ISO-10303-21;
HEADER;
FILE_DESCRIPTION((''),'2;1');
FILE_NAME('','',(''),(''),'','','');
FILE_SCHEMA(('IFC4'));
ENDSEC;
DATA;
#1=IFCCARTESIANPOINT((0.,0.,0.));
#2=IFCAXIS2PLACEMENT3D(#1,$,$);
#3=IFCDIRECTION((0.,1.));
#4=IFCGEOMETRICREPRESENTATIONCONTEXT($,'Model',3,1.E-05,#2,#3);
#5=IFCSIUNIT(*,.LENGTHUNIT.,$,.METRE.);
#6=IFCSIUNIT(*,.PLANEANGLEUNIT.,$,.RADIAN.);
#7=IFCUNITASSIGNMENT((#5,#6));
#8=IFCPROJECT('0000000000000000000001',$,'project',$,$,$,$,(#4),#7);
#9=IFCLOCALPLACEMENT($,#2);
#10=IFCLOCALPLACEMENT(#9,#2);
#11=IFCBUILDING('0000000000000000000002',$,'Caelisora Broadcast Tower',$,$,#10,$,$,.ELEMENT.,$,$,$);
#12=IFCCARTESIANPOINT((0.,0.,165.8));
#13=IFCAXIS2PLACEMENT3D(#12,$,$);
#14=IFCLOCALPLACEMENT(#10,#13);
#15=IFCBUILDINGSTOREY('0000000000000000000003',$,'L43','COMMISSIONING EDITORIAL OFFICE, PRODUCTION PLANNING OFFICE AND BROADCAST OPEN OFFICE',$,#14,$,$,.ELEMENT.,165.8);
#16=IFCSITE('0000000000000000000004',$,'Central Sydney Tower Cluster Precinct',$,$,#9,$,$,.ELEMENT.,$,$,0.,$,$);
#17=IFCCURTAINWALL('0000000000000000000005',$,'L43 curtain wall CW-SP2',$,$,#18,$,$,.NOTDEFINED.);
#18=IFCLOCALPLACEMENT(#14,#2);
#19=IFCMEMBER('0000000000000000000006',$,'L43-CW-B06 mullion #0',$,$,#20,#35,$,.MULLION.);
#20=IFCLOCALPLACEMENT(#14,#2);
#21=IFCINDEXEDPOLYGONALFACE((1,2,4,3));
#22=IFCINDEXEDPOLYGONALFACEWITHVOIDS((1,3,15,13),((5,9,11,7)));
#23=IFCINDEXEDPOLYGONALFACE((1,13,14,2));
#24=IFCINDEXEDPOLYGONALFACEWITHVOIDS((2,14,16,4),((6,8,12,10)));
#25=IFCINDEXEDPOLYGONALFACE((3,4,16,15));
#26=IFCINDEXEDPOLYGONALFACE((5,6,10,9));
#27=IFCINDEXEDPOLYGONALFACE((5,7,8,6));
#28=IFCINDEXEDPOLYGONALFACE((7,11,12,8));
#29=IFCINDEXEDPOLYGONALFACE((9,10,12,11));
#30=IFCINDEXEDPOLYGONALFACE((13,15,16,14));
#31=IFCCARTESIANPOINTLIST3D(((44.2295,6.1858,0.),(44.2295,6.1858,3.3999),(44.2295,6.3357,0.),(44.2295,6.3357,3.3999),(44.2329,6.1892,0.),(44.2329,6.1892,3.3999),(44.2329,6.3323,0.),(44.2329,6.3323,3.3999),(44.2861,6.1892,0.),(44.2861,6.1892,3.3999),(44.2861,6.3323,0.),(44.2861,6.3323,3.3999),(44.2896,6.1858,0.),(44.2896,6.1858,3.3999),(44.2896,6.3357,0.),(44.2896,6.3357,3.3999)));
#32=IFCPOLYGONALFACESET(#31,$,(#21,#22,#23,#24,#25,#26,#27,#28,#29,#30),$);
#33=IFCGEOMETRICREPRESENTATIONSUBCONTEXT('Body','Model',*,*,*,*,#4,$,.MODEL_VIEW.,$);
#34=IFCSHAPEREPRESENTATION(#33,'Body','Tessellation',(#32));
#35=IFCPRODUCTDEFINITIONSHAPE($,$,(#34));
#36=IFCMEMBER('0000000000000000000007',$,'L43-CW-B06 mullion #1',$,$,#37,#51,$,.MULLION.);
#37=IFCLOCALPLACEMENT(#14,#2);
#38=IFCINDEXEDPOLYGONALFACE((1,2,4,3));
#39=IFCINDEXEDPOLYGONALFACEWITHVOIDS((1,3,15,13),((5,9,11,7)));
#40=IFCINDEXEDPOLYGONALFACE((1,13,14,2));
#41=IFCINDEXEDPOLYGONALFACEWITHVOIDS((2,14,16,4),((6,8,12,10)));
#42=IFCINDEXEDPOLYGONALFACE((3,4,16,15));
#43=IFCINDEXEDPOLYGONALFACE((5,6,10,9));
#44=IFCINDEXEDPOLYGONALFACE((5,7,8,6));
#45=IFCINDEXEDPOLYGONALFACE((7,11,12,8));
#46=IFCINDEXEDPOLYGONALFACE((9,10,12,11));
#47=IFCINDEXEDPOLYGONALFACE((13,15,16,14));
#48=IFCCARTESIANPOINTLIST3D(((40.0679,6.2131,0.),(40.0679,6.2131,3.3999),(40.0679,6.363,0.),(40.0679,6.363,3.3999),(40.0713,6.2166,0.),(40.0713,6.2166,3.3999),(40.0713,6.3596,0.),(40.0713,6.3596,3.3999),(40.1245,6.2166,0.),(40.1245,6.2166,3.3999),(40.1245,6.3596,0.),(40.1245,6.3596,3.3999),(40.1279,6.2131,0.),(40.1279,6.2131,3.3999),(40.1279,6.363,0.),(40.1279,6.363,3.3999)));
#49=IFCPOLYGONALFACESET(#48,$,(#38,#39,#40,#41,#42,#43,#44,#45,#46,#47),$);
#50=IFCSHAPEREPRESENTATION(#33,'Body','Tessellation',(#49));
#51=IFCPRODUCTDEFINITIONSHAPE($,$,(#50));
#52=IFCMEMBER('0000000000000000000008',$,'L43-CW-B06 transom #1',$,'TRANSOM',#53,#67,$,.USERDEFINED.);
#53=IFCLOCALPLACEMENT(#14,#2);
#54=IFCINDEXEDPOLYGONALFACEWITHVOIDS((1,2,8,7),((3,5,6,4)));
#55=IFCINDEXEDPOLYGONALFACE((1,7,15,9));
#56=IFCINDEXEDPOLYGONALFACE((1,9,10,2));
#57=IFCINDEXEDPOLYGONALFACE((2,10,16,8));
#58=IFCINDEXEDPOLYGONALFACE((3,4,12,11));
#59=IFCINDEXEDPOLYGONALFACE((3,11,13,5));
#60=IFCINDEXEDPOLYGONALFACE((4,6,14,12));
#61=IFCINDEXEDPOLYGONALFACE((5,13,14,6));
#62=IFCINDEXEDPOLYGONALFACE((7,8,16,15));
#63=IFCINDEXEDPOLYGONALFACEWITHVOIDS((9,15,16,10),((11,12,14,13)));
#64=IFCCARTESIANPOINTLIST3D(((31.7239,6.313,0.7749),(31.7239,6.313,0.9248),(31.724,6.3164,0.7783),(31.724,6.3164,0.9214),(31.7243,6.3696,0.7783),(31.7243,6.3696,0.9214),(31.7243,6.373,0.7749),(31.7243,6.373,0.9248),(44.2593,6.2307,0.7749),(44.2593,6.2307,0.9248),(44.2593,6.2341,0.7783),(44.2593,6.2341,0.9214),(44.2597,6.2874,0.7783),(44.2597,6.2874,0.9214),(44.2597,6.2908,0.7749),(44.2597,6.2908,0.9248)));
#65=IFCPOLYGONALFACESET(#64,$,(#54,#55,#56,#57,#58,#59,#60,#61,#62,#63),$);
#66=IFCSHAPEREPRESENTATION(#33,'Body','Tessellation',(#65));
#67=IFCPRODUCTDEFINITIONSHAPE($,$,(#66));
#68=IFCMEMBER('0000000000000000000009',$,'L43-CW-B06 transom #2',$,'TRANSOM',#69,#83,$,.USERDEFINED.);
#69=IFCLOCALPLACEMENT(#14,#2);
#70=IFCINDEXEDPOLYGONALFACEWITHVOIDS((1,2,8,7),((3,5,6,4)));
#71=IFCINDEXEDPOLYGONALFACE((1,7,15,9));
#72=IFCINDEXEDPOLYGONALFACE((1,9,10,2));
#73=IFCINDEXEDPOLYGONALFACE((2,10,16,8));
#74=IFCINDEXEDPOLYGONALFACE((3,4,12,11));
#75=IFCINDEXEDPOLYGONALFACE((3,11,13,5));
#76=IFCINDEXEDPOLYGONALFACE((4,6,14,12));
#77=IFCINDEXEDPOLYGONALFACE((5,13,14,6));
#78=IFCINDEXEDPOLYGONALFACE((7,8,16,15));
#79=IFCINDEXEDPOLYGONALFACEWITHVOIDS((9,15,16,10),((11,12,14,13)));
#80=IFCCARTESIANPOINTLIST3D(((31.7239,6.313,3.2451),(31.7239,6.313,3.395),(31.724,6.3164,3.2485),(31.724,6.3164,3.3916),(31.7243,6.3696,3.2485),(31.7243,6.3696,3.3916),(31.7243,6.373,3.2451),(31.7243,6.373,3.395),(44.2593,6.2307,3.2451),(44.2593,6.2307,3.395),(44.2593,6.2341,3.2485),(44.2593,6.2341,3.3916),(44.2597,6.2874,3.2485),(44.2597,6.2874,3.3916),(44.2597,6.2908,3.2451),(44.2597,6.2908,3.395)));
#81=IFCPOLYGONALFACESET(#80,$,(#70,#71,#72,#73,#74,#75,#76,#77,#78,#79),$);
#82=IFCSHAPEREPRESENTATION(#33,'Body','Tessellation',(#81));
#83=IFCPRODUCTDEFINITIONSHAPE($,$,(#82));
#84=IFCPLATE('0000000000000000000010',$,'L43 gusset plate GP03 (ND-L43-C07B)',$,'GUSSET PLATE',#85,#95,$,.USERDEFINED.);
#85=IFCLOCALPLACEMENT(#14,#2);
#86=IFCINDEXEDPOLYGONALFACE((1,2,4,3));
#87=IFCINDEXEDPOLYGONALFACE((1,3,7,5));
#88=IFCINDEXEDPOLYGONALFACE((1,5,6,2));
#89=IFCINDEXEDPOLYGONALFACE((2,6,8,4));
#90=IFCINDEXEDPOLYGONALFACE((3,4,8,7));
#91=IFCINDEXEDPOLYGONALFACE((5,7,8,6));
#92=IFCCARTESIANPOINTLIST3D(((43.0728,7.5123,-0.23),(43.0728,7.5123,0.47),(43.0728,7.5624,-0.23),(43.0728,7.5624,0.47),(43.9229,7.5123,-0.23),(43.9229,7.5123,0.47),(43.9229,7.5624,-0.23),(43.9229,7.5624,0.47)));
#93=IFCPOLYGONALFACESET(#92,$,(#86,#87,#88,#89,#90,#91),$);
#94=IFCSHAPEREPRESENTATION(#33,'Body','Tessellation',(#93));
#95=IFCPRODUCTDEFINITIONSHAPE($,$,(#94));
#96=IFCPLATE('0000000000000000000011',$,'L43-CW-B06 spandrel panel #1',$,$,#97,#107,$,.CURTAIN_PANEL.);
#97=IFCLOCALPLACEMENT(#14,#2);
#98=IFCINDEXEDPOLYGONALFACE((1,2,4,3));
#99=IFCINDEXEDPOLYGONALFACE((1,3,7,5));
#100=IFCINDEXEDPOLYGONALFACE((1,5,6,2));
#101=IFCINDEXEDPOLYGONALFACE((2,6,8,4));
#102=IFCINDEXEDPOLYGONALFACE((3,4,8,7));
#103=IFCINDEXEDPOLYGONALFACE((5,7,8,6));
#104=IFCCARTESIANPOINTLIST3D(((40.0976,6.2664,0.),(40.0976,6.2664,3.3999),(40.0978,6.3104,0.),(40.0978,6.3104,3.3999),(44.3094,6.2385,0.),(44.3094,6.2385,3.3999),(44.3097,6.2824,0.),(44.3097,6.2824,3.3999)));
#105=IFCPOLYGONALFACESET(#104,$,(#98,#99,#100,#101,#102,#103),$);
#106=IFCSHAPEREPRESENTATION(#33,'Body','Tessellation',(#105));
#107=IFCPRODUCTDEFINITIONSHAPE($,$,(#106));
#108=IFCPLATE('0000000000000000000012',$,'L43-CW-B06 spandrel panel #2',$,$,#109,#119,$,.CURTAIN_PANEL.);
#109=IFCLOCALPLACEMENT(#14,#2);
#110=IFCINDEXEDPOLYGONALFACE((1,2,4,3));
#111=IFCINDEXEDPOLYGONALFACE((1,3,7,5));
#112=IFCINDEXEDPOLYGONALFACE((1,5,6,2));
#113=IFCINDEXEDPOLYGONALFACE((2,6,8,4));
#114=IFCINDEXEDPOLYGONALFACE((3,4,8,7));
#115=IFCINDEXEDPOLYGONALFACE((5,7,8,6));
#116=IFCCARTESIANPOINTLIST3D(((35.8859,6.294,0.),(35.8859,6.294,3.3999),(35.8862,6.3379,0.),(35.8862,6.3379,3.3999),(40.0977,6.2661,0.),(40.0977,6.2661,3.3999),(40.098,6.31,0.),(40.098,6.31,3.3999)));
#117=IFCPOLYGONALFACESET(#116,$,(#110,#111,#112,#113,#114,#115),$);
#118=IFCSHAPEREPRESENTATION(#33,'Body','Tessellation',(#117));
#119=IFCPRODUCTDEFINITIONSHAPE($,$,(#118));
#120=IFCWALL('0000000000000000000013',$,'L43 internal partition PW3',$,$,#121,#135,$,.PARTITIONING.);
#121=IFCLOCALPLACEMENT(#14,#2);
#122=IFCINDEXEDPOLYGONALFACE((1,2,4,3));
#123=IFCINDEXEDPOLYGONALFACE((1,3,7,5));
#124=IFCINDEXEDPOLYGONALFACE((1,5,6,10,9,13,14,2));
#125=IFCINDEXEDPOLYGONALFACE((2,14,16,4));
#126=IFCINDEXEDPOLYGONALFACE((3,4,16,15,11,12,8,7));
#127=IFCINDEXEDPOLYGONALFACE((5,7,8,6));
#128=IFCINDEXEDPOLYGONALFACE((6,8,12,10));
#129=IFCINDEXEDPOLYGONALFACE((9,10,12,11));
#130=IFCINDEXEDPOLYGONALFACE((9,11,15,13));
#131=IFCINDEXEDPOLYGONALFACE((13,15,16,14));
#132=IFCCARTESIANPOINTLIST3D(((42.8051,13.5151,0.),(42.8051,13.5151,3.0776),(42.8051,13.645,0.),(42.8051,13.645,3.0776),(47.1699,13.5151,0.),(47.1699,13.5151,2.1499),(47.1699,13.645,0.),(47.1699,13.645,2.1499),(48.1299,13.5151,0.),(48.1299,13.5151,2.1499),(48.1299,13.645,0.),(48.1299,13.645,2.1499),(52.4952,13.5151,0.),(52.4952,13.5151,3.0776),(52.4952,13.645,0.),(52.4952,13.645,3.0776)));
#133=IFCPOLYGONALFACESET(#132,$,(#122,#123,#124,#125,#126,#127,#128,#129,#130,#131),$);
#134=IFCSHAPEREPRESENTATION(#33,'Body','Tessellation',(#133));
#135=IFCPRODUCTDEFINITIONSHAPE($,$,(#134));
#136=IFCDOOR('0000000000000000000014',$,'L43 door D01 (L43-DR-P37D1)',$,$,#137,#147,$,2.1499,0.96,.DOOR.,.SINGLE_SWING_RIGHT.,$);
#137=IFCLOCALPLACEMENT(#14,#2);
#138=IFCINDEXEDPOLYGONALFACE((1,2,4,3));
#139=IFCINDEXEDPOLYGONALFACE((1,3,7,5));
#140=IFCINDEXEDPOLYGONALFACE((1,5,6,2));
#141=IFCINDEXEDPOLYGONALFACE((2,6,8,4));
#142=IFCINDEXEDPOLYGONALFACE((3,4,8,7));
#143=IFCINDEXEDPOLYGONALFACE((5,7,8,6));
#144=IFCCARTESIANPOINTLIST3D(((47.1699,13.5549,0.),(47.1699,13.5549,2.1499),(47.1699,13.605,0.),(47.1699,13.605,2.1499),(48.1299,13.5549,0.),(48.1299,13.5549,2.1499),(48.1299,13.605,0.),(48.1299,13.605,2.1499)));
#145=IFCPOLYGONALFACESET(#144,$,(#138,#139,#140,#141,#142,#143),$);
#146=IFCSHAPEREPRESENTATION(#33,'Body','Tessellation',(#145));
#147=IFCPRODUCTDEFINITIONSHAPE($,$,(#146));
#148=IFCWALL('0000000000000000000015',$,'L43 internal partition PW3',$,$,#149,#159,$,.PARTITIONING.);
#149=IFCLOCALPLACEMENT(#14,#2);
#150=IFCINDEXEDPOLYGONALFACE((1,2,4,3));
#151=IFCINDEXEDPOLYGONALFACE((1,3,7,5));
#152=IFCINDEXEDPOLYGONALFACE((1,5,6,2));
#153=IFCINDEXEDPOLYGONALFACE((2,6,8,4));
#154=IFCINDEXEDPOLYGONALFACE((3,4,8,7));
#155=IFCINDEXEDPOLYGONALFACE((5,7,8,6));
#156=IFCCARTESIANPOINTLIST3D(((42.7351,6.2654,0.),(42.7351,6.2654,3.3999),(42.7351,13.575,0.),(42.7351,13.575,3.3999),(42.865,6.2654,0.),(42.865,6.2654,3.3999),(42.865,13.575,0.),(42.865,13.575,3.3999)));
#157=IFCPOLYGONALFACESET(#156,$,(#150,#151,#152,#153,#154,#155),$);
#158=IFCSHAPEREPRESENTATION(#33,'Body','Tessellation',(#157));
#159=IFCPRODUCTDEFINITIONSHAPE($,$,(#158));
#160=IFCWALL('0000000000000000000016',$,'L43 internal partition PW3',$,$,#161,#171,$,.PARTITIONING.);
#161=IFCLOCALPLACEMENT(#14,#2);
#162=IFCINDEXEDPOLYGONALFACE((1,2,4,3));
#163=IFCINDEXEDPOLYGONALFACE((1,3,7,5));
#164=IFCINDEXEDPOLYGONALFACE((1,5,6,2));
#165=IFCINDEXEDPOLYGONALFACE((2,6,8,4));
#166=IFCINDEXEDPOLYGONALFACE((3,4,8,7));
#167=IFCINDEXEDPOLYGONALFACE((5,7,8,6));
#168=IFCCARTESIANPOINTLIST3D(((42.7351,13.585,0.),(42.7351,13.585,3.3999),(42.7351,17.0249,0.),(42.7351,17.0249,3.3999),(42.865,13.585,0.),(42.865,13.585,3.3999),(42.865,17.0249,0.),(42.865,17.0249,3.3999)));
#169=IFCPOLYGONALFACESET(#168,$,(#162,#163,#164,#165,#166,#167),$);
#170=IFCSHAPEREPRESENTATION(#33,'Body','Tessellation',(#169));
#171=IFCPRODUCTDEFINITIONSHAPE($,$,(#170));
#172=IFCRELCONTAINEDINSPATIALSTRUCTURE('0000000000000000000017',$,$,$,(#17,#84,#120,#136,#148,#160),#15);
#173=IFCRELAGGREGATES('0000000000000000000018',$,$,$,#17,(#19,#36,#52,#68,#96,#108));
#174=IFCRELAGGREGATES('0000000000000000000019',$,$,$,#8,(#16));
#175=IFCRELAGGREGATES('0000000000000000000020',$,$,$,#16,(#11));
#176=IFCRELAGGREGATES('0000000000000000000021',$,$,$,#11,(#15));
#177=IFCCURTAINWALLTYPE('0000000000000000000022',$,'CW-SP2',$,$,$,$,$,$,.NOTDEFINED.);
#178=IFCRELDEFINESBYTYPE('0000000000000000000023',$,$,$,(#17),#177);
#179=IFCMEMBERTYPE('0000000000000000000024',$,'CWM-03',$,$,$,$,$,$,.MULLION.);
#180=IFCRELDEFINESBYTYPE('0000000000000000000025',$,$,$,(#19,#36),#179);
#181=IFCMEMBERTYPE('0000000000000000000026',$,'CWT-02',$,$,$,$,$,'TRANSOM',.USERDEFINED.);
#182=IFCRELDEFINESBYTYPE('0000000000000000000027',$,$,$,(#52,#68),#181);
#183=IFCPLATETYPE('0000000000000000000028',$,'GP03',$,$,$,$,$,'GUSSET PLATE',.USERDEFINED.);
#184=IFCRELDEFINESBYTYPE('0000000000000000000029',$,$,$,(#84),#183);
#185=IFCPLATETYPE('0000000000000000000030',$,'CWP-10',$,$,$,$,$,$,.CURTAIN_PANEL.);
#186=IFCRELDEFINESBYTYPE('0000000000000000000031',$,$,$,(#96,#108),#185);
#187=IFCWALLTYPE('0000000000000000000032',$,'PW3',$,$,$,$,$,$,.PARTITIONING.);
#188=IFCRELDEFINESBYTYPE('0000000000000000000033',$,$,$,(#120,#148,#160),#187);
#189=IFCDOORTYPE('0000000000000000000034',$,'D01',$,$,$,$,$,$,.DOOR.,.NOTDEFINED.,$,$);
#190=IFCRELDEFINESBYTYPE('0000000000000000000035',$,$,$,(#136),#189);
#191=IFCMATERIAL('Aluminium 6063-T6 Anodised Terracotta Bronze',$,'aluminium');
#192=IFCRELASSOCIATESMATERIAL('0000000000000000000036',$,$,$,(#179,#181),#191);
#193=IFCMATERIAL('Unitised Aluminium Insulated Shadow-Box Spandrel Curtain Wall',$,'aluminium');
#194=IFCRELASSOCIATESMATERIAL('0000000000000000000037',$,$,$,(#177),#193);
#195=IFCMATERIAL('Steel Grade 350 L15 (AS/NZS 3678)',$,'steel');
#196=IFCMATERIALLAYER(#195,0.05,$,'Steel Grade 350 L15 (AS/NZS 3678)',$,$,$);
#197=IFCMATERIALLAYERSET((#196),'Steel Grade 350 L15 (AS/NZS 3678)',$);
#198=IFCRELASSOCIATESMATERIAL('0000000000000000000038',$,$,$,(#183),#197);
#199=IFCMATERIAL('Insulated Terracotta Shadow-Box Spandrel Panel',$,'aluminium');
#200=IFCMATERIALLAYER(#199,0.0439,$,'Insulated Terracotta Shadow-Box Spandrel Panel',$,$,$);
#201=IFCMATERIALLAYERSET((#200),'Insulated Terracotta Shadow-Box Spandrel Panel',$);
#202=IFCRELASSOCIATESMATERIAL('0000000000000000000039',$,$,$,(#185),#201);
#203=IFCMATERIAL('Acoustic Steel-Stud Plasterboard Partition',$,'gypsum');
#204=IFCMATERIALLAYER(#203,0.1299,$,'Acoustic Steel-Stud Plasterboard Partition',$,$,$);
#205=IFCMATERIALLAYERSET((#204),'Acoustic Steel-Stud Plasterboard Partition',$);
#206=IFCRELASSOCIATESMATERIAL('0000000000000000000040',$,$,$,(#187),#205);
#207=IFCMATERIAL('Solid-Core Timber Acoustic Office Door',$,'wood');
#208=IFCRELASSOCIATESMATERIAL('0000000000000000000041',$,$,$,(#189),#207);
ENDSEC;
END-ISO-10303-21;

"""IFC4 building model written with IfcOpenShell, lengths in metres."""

from ifc_helpers import new_model, si_unit, direction, frame, frame_2d, origin, origin_2d, place, context, subcontext, project, spatial, rectangle, hollow_rectangle, extrude, source, transform, mapped, material, layer, layer_set, material_profile, profile_set, type_object, type_shapes, element, fill, aggregate, save


model = new_model("IFC4")

# Units and contexts
model_context = context("Model", 3, precision=1e-05, world=origin(), true_north=direction((0.0, 1.0)))
body_context = subcontext(model_context, "Body", "Model", "MODEL_VIEW")
ifc_project = project(units=[si_unit("LENGTHUNIT", "METRE"), si_unit("PLANEANGLEUNIT", "RADIAN")], contexts=[model_context])

# Site, building, storey
site_placement = place(None, origin())
site = spatial("IfcSite", under=ifc_project, at=site_placement, Name="Central Sydney Tower Cluster Precinct", CompositionType="ELEMENT", RefElevation=0.0)
building_placement = place(site_placement, origin())
building = spatial("IfcBuilding", under=site, at=building_placement, Name="Caelisora Broadcast Tower", CompositionType="ELEMENT")
storey_placement = place(building_placement, frame((0.0, 0.0, 165.8)))
storey = spatial("IfcBuildingStorey", under=building, at=storey_placement, Name="L43", Description="COMMISSIONING EDITORIAL OFFICE, PRODUCTION PLANNING OFFICE AND BROADCAST OPEN OFFICE", CompositionType="ELEMENT", Elevation=165.8)

# Shared definitions
ifc_material_1 = material(Name="Steel Grade 350 L15 (AS/NZS 3678)", Category="steel")

# Shared definitions
ifc_material_2 = material(Name="Aluminium 6063-T6 Anodised Terracotta Bronze", Category="aluminium")
ifc_material_profile_1 = material_profile(ifc_material_2, hollow_rectangle(XDim=0.0601, YDim=0.1499, WallThickness=0.0034, at=origin_2d()), Name="Aluminium 6063-T6 Anodised Terracotta Bronze")
ifc_profile_set_1 = profile_set([ifc_material_profile_1], Name="Aluminium 6063-T6 Anodised Terracotta Bronze")
member_type_1 = type_object("IfcMemberType", Name="CWM-03", PredefinedType="MULLION", material=ifc_profile_set_1)
shared_shape_1 = source(origin(), body_context, "Body", "SweptSolid", [
    extrude(hollow_rectangle(XDim=0.0601, YDim=0.1499, WallThickness=0.0034, at=origin_2d()), origin(), (0.0, 0.0, 1.0), 3.3999),
])
type_shapes(member_type_1, [shared_shape_1])

# Curtain wall, members
ifc_material_3 = material(Name="Unitised Aluminium Insulated Shadow-Box Spandrel Curtain Wall", Category="aluminium")
curtain_wall_type_1 = type_object("IfcCurtainWallType", Name="CW-SP2", PredefinedType="NOTDEFINED", material=ifc_material_3)
curtain_wall_1_placement = place(storey_placement, origin())
curtain_wall_1 = element("IfcCurtainWall", 1, at=curtain_wall_1_placement, inside=storey, type_object=curtain_wall_type_1, Name="L43 curtain wall CW-SP2", PredefinedType="NOTDEFINED")
member_1_placement = place(storey_placement, frame((44.2595, 6.2607, 0.0), z_axis=(0.0, 0.0, 1.0), x_axis=(1.0, 0.0, 0.0)))
member_1 = element("IfcMember", 2, at=member_1_placement, type_object=member_type_1, Name="L43-CW-B06 mullion #0", PredefinedType="MULLION", context=body_context, shape_type="MappedRepresentation", body=[
    mapped(shared_shape_1, transform((0.0, 0.0, 0.0), scale=1.0)),
])
member_2_placement = place(storey_placement, frame((40.0979, 6.2881, 0.0), z_axis=(0.0, 0.0, 1.0), x_axis=(1.0, 0.0, 0.0)))
member_2 = element("IfcMember", 3, at=member_2_placement, type_object=member_type_1, Name="L43-CW-B06 mullion #1", PredefinedType="MULLION", context=body_context, shape_type="MappedRepresentation", body=[
    mapped(shared_shape_1, transform((0.0, 0.0, 0.0), scale=1.0)),
])
ifc_material_profile_2 = material_profile(ifc_material_2, hollow_rectangle(XDim=0.0601, YDim=0.1499, WallThickness=0.0034, at=origin_2d()), Name="Aluminium 6063-T6 Anodised Terracotta Bronze")
ifc_profile_set_2 = profile_set([ifc_material_profile_2], Name="Aluminium 6063-T6 Anodised Terracotta Bronze")
member_type_2 = type_object("IfcMemberType", Name="CWT-02", ElementType="TRANSOM", PredefinedType="USERDEFINED", material=ifc_profile_set_2)
shared_shape_2 = source(origin(), body_context, "Body", "SweptSolid", [
    extrude(hollow_rectangle(XDim=0.0601, YDim=0.1499, WallThickness=0.0034, at=origin_2d()), origin(), (0.0, 0.0, 1.0), 12.5356),
])
type_shapes(member_type_2, [shared_shape_2])
member_3_placement = place(storey_placement, frame((44.2595, 6.2607, 0.8499), z_axis=(-0.999978, 0.006563, 0.0), x_axis=(-0.006563, -0.999978, 0.0)))
member_3 = element("IfcMember", 4, at=member_3_placement, type_object=member_type_2, Name="L43-CW-B06 transom #1", ObjectType="TRANSOM", PredefinedType="USERDEFINED", context=body_context, shape_type="MappedRepresentation", body=[
    mapped(shared_shape_2, transform((0.0, 0.0, 0.0), scale=1.0)),
])
member_4_placement = place(storey_placement, frame((44.2595, 6.2607, 3.3201), z_axis=(-0.999978, 0.006563, 0.0), x_axis=(-0.006563, -0.999978, 0.0)))
member_4 = element("IfcMember", 5, at=member_4_placement, type_object=member_type_2, Name="L43-CW-B06 transom #2", ObjectType="TRANSOM", PredefinedType="USERDEFINED", context=body_context, shape_type="MappedRepresentation", body=[
    mapped(shared_shape_2, transform((0.0, 0.0, 0.0), scale=1.0)),
])

# Plates
ifc_layer_1 = layer(ifc_material_1, 0.05, Name="Steel Grade 350 L15 (AS/NZS 3678)")
ifc_layer_set_1 = layer_set([ifc_layer_1], Name="Steel Grade 350 L15 (AS/NZS 3678)")
plate_type_1 = type_object("IfcPlateType", Name="GP03", ElementType="GUSSET PLATE", PredefinedType="USERDEFINED", material=ifc_layer_set_1)
shared_shape_3 = source(origin(), body_context, "Body", "SweptSolid", [
    extrude(rectangle(XDim=0.8501, YDim=0.05, at=origin_2d()), origin(), (0.0, 0.0, 1.0), 0.7),
])
type_shapes(plate_type_1, [shared_shape_3])
plate_1_placement = place(storey_placement, frame((43.4978, 7.5374, -0.23), z_axis=(0.0, 0.0, 1.0), x_axis=(1.0, 0.0, 0.0)))
element("IfcPlate", 6, at=plate_1_placement, inside=storey, type_object=plate_type_1, Name="L43 gusset plate GP03 (ND-L43-C07B)", ObjectType="GUSSET PLATE", PredefinedType="USERDEFINED", context=body_context, shape_type="MappedRepresentation", body=[
    mapped(shared_shape_3, transform((0.0, 0.0, 0.0), scale=1.0)),
])
ifc_material_4 = material(Name="Insulated Terracotta Shadow-Box Spandrel Panel", Category="aluminium")
ifc_layer_2 = layer(ifc_material_4, 0.0439, Name="Insulated Terracotta Shadow-Box Spandrel Panel")
ifc_layer_set_2 = layer_set([ifc_layer_2], Name="Insulated Terracotta Shadow-Box Spandrel Panel")
plate_type_2 = type_object("IfcPlateType", Name="CWP-10", PredefinedType="CURTAIN_PANEL", material=ifc_layer_set_2)
shared_shape_4 = source(origin(), body_context, "Body", "SweptSolid", [
    extrude(rectangle(XDim=4.2119, YDim=0.0439, at=origin_2d()), origin(), (0.0, 0.0, 1.0), 3.3999),
])
type_shapes(plate_type_2, [shared_shape_4])
plate_2_placement = place(storey_placement, frame((42.2036, 6.2744, 0.0), z_axis=(0.0, 0.0, 1.0), x_axis=(-0.999978, 0.006632, 0.0)))
plate_2 = element("IfcPlate", 7, at=plate_2_placement, type_object=plate_type_2, Name="L43-CW-B06 spandrel panel #1", PredefinedType="CURTAIN_PANEL", context=body_context, shape_type="MappedRepresentation", body=[
    mapped(shared_shape_4, transform((0.0, 0.0, 0.0), scale=1.0)),
])
plate_3_placement = place(storey_placement, frame((37.9919, 6.302, 0.0), z_axis=(0.0, 0.0, 1.0), x_axis=(-0.999978, 0.006632, 0.0)))
plate_3 = element("IfcPlate", 8, at=plate_3_placement, type_object=plate_type_2, Name="L43-CW-B06 spandrel panel #2", PredefinedType="CURTAIN_PANEL", context=body_context, shape_type="MappedRepresentation", body=[
    mapped(shared_shape_4, transform((0.0, 0.0, 0.0), scale=1.0)),
])
aggregate(curtain_wall_1, [member_1, member_2, member_3, member_4, plate_2, plate_3])

# Wall, opening, door
ifc_material_5 = material(Name="Acoustic Steel-Stud Plasterboard Partition", Category="gypsum")
ifc_layer_3 = layer(ifc_material_5, 0.1299, Name="Acoustic Steel-Stud Plasterboard Partition")
ifc_layer_set_3 = layer_set([ifc_layer_3], Name="Acoustic Steel-Stud Plasterboard Partition")
wall_type = type_object("IfcWallType", Name="PW3", PredefinedType="PARTITIONING", material=ifc_layer_set_3)
wall_1_placement = place(storey_placement, frame((42.8049, 13.5801, 0.0), z_axis=(0.0, 0.0, 1.0), x_axis=(1.0, 0.0, 0.0)))
wall_1 = element("IfcWall", 9, at=wall_1_placement, inside=storey, type_object=wall_type, Name="L43 internal partition PW3", PredefinedType="PARTITIONING", context=body_context, shape_type="SweptSolid", body=[
    extrude(rectangle(XDim=9.6902, YDim=0.1299, at=frame_2d((4.8452, 0.0))), origin(), (0.0, 0.0, 1.0), 3.0776),
])
opening_placement = place(wall_1_placement, frame((4.365, 0.0, 0.0)))
opening = element("IfcOpeningElement", 10, at=opening_placement, cuts=wall_1, PredefinedType="OPENING", context=body_context, shape_type="SweptSolid", body=[
    extrude(rectangle(XDim=0.96, YDim=2.1499, at=frame_2d((0.48, 1.075))), frame((0.0, 0.0769, 0.0), z_axis=(0.0, -1.0, 0.0), x_axis=(1.0, 0.0, 0.0)), (0.0, 0.0, 1.0), 0.1538),
])
ifc_material_6 = material(Name="Solid-Core Timber Acoustic Office Door", Category="wood")
door_type = type_object("IfcDoorType", Name="D01", OperationType="NOTDEFINED", PredefinedType="DOOR", material=ifc_material_6)
door_placement = place(opening_placement, origin())
door = element("IfcDoor", 11, at=door_placement, inside=storey, type_object=door_type, Name="L43 door D01 (L43-DR-P37D1)", OperationType="SINGLE_SWING_RIGHT", OverallHeight=2.1499, OverallWidth=0.96, PredefinedType="DOOR", context=body_context, shape_type="SweptSolid", body=[
    extrude(rectangle(XDim=0.96, YDim=2.1499, at=frame_2d((0.48, 1.075))), frame((0.0, 0.0249, 0.0), z_axis=(0.0, -1.0, 0.0), x_axis=(1.0, 0.0, 0.0)), (0.0, 0.0, 1.0), 0.05),
])
fill(opening, door)

# Walls
wall_2_placement = place(storey_placement, frame((42.8, 6.2654, 0.0), z_axis=(0.0, 0.0, 1.0), x_axis=(0.0, 1.0, 0.0)))
element("IfcWall", 12, at=wall_2_placement, inside=storey, type_object=wall_type, Name="L43 internal partition PW3", PredefinedType="PARTITIONING", context=body_context, shape_type="SweptSolid", body=[
    extrude(rectangle(XDim=7.3096, YDim=0.1299, at=frame_2d((3.6548, 0.0))), origin(), (0.0, 0.0, 1.0), 3.3999),
])
wall_3_placement = place(storey_placement, frame((42.8, 13.585, 0.0), z_axis=(0.0, 0.0, 1.0), x_axis=(0.0, 1.0, 0.0)))
element("IfcWall", 13, at=wall_3_placement, inside=storey, type_object=wall_type, Name="L43 internal partition PW3", PredefinedType="PARTITIONING", context=body_context, shape_type="SweptSolid", body=[
    extrude(rectangle(XDim=3.4399, YDim=0.1299, at=frame_2d((1.72, 0.0))), origin(), (0.0, 0.0, 1.0), 3.3999),
])

save(model, "model.ifc")
